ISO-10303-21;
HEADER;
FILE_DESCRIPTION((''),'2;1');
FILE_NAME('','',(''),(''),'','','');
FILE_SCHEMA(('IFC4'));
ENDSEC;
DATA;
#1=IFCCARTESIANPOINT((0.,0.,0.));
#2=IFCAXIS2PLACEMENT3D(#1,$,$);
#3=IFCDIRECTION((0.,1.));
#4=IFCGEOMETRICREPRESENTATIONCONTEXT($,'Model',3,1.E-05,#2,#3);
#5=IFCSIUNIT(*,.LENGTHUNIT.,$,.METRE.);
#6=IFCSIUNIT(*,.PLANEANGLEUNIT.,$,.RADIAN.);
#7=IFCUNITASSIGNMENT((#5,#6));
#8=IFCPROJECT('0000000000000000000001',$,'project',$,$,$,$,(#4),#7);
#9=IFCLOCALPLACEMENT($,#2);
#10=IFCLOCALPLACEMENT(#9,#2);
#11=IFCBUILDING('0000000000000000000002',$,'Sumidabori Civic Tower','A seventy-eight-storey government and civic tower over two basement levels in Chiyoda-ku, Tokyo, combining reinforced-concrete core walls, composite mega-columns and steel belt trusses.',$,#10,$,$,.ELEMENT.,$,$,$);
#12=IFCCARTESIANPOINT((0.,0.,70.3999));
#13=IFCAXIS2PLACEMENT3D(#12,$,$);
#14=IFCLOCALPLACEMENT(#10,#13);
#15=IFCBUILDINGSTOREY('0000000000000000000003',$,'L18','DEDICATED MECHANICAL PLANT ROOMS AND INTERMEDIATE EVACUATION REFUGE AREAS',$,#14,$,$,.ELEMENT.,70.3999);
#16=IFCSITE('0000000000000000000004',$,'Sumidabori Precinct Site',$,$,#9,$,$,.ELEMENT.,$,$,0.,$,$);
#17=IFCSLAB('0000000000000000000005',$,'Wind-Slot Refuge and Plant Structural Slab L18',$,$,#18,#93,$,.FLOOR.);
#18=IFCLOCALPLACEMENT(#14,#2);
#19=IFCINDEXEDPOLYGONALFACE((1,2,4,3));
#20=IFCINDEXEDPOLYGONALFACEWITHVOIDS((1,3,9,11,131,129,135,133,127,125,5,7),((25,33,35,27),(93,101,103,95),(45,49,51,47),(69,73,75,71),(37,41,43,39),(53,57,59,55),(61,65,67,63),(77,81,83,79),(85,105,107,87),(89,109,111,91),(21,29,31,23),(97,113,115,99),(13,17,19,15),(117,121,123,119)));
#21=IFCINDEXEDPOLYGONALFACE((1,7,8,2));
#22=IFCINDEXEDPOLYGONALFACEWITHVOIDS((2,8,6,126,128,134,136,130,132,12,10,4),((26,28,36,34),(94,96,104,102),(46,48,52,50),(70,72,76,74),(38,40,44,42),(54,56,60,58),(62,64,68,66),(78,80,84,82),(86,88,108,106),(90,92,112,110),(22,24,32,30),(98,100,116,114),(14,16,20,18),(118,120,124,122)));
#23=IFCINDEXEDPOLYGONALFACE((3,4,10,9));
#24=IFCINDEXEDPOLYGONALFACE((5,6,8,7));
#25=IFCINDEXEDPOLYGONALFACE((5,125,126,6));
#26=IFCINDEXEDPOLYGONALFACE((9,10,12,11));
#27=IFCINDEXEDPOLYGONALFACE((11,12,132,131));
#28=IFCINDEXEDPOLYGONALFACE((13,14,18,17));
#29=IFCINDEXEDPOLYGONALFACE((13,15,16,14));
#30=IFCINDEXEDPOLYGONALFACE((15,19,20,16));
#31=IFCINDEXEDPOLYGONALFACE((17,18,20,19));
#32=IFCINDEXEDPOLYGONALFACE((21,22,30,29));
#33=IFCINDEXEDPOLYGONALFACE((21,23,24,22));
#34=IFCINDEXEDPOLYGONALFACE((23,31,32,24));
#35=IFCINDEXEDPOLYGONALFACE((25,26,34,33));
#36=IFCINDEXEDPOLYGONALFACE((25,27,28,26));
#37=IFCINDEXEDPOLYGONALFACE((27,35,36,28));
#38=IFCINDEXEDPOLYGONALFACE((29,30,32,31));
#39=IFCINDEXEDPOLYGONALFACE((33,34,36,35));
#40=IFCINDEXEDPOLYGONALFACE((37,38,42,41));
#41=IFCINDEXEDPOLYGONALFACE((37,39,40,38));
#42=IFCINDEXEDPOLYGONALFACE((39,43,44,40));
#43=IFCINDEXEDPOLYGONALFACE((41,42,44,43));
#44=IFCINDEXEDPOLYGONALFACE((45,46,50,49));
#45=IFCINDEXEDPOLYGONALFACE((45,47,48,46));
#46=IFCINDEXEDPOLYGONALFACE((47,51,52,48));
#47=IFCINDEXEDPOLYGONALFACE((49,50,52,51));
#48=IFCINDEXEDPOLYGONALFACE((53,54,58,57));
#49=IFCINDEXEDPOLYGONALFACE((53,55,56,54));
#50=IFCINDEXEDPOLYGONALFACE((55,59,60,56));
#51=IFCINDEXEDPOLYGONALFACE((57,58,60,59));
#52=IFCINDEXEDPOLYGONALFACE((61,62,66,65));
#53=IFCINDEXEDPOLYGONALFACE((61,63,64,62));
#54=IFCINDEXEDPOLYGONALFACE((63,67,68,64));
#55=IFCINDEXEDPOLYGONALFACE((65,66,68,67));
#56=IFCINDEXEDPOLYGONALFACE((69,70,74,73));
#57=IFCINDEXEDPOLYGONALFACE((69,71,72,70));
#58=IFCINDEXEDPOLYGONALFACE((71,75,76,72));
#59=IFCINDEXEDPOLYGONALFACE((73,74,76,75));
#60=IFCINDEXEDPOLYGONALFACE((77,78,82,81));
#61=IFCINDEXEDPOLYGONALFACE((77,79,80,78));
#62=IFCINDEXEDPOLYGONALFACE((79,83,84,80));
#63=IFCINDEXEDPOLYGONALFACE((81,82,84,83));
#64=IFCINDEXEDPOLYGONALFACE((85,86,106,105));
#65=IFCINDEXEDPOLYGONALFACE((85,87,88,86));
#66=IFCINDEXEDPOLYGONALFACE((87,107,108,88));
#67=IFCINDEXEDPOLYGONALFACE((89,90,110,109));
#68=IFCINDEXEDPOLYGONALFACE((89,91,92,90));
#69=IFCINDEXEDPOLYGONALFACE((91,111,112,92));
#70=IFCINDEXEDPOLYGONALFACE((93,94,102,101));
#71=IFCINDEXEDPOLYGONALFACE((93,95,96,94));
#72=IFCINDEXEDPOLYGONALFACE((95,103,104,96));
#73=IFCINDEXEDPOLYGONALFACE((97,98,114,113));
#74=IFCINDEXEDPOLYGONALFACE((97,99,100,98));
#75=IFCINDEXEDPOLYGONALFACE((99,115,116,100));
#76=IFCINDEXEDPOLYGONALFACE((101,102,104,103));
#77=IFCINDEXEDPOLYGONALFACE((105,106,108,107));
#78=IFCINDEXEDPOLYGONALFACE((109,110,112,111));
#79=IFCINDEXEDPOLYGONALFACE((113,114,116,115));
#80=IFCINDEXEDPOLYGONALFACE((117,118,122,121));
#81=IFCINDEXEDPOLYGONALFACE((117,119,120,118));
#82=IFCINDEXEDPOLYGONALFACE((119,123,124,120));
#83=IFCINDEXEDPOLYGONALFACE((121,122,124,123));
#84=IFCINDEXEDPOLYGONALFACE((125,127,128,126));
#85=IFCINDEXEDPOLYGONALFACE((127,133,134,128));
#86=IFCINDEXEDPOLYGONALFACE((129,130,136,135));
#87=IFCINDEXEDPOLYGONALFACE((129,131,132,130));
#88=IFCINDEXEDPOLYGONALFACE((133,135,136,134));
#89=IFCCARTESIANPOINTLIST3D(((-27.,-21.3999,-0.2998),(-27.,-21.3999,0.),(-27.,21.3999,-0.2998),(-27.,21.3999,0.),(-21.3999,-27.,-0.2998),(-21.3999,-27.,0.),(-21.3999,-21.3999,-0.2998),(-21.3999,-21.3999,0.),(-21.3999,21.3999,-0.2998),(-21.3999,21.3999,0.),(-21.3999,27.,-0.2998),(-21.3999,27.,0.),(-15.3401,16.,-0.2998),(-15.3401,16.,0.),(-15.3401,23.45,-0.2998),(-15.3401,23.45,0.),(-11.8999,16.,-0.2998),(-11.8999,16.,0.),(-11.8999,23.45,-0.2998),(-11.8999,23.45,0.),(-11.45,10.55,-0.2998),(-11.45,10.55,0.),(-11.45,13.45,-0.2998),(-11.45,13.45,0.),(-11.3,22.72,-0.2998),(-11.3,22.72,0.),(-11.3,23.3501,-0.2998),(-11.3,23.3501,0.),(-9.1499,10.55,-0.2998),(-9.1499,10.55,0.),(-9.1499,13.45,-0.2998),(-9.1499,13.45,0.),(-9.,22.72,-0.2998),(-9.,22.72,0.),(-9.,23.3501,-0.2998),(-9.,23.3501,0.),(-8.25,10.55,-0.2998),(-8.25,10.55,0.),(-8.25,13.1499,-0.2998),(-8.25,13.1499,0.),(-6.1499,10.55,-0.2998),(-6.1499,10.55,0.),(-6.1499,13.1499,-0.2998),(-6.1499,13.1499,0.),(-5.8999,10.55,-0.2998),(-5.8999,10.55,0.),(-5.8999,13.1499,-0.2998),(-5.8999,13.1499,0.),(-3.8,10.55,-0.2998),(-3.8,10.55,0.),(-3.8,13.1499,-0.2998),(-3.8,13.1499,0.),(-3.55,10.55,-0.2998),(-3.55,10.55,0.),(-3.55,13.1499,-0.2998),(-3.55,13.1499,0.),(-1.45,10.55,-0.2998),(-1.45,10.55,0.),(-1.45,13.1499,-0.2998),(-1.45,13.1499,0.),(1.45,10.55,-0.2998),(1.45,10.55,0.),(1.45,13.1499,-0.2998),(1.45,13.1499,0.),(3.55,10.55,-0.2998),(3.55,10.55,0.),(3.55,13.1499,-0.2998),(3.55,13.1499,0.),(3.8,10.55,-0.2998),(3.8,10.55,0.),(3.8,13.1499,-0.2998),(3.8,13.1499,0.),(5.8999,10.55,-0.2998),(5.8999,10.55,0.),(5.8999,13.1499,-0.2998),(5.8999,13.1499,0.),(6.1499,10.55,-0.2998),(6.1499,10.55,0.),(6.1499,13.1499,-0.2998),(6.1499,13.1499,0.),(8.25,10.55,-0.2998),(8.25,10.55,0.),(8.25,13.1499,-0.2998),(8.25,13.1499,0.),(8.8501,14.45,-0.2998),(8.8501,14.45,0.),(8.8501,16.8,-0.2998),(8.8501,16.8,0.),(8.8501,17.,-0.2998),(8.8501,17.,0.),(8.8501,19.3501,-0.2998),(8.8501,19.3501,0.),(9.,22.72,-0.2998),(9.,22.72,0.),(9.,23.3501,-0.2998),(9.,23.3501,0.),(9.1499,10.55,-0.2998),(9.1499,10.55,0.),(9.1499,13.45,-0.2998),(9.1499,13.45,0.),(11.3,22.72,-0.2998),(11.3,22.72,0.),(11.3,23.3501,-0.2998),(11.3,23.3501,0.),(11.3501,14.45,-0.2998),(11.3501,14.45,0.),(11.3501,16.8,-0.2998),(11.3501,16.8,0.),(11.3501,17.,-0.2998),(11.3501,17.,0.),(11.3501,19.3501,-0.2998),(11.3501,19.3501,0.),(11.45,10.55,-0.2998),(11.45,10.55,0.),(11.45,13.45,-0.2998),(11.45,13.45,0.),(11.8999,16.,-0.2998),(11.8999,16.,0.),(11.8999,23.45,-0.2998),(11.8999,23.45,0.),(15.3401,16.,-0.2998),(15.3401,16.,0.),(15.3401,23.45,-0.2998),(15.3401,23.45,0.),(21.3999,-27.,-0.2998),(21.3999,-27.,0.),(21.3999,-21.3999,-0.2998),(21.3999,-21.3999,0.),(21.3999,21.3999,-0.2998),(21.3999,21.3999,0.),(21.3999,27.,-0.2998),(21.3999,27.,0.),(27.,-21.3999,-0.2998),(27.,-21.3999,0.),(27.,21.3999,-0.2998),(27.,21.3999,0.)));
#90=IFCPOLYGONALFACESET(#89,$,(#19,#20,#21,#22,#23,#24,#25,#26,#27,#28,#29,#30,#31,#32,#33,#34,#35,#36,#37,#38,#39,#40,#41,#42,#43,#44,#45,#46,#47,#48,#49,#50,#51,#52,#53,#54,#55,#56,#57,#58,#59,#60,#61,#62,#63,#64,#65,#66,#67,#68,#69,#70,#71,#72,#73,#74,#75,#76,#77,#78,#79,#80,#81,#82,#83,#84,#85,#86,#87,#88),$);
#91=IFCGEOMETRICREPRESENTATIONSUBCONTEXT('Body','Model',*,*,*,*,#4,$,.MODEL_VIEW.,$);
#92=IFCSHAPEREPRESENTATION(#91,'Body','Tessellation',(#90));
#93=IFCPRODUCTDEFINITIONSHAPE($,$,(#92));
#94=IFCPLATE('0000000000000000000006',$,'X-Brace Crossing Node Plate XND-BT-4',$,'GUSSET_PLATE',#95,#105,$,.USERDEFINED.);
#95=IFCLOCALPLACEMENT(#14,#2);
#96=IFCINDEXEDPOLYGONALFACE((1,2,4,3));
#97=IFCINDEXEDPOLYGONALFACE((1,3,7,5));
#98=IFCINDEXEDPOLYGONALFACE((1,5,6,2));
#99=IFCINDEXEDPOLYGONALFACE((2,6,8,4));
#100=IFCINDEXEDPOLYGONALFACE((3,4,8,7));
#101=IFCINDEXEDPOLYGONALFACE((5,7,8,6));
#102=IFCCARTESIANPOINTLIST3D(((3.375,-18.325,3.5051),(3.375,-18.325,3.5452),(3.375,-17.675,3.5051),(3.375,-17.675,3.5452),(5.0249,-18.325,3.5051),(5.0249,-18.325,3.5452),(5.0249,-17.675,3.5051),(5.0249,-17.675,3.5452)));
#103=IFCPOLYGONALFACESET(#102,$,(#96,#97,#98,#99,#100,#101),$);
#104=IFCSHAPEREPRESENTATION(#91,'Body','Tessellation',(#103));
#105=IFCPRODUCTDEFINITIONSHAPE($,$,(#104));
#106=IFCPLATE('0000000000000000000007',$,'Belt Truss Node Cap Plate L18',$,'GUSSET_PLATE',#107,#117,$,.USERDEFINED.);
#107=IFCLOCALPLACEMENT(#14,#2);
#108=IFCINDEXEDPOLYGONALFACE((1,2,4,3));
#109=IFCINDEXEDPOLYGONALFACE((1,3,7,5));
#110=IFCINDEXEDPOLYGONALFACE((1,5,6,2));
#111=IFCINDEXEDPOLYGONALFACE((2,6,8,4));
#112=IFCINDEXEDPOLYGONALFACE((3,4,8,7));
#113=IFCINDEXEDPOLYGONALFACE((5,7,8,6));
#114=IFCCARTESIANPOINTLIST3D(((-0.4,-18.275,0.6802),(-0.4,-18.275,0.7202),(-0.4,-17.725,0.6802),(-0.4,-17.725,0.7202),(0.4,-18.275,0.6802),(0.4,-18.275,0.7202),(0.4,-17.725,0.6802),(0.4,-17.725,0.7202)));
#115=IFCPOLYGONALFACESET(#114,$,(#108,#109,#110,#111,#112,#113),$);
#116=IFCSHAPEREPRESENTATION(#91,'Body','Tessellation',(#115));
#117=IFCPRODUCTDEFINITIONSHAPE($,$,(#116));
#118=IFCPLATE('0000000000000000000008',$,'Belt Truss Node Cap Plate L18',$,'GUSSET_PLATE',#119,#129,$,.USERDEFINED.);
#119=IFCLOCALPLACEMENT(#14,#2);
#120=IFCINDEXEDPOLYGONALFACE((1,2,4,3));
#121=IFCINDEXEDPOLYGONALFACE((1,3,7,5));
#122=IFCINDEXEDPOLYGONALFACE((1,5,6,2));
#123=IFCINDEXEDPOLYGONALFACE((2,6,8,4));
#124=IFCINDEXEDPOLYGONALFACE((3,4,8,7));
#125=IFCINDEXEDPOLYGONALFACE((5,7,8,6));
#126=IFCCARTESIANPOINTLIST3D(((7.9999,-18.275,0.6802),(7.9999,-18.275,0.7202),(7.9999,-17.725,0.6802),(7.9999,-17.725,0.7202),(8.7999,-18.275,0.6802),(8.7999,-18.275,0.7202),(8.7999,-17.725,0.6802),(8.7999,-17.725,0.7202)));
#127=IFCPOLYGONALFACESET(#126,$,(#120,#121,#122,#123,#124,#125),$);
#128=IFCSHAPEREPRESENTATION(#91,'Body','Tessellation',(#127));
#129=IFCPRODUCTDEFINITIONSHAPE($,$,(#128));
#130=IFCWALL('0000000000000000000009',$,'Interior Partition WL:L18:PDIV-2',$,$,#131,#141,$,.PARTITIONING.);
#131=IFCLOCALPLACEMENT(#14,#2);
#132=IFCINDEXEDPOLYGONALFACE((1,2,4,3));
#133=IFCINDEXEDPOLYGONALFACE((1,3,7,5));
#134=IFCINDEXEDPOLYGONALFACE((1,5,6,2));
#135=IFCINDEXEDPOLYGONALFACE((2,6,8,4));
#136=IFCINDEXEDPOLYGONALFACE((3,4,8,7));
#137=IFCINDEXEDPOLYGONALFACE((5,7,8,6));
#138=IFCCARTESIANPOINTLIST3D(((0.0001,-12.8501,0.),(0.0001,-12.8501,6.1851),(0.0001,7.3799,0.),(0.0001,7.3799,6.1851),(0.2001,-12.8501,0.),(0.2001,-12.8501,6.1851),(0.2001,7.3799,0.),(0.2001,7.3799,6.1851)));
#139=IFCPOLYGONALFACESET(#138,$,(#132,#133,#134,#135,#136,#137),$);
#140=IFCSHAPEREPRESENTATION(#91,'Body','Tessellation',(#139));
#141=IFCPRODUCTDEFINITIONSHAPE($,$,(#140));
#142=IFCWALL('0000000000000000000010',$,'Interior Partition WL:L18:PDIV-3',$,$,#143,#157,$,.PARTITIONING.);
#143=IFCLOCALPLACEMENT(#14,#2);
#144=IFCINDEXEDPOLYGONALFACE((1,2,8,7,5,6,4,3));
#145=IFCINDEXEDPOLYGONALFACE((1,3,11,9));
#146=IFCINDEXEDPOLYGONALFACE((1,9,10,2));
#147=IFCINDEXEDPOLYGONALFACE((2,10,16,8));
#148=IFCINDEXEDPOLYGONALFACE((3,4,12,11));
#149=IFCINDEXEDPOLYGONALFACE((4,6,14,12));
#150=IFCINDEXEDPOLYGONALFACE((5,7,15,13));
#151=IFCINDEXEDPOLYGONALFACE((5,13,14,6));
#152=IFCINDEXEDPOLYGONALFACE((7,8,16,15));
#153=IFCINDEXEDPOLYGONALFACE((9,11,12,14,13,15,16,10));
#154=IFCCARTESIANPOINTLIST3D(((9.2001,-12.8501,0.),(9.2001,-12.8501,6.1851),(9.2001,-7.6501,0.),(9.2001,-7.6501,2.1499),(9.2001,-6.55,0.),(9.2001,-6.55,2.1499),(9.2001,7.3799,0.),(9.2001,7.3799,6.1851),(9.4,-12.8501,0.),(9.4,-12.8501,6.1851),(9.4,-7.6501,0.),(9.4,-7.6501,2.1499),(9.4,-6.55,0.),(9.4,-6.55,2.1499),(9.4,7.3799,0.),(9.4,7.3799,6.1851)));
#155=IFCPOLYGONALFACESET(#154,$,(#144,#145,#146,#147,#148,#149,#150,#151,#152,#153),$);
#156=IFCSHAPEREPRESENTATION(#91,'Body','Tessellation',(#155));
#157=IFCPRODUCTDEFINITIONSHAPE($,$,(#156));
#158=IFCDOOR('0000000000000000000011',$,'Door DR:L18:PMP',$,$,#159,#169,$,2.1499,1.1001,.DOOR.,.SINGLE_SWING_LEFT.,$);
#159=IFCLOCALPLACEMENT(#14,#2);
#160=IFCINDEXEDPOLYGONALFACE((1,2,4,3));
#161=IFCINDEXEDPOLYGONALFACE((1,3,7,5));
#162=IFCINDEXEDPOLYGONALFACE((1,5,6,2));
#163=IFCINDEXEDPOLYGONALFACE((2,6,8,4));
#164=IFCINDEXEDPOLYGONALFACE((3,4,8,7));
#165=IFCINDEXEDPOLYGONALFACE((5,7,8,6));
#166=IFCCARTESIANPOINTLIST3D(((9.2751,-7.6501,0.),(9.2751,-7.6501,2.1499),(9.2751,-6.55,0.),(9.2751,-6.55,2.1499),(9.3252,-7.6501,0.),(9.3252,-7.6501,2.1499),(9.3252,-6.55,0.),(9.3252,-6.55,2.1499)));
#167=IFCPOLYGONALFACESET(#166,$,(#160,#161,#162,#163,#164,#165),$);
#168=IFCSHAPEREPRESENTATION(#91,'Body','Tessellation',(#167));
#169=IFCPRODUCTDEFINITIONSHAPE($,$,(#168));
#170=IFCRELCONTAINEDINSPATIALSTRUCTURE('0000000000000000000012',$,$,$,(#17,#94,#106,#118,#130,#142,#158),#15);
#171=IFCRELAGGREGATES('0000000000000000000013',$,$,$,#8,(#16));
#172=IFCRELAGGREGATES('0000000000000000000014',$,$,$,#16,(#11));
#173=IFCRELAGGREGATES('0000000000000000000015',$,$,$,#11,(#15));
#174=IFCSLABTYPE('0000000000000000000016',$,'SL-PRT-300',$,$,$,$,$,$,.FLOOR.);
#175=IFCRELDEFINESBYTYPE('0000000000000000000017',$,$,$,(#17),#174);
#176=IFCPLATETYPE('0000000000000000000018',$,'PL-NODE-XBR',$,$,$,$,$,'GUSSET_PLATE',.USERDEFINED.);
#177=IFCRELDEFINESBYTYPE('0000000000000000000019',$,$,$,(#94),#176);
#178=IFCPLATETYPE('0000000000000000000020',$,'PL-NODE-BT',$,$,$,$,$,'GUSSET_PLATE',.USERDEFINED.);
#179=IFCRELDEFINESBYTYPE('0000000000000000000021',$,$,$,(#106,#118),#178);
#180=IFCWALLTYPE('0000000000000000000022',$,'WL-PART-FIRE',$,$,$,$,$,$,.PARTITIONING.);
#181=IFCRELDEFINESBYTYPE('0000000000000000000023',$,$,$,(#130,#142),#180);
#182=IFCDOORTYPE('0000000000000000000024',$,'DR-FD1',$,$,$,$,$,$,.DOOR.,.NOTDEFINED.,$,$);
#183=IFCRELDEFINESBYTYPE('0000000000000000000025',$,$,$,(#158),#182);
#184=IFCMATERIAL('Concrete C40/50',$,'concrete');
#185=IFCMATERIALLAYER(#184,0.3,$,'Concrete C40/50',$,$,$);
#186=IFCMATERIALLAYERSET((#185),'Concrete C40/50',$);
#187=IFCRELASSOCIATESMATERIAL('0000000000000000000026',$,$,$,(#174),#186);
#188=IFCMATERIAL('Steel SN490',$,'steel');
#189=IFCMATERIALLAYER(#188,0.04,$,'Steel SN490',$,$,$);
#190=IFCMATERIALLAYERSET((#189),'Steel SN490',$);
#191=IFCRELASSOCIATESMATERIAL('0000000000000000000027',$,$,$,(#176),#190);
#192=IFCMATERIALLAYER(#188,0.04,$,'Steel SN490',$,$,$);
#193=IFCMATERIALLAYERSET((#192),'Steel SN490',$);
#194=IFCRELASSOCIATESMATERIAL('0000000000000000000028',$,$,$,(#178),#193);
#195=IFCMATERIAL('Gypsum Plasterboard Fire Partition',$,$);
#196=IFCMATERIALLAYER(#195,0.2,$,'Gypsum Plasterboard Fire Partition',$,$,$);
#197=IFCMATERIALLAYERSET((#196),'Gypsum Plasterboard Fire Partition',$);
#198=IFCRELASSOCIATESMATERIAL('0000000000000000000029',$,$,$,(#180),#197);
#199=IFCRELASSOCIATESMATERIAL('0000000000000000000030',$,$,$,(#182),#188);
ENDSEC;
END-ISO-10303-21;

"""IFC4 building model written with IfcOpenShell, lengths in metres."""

from ifc_helpers import new_model, si_unit, direction, frame, frame_2d, origin, origin_2d, place, context, subcontext, project, spatial, polyline, rectangle, outline, extrude, source, transform, mapped, material, layer, layer_set, type_object, element, fill, save


model = new_model("IFC4")

# Units and contexts
model_context = context("Model", 3, precision=1e-05, world=origin(), true_north=direction((0.0, 1.0)))
body_context = subcontext(model_context, "Body", "Model", "MODEL_VIEW")
ifc_project = project(units=[si_unit("LENGTHUNIT", "METRE"), si_unit("PLANEANGLEUNIT", "RADIAN")], contexts=[model_context])

# Site, building, storey
site_placement = place(None, origin())
site = spatial("IfcSite", under=ifc_project, at=site_placement, Name="Sumidabori Precinct Site", CompositionType="ELEMENT", RefElevation=0.0)
building_placement = place(site_placement, origin())
building = spatial("IfcBuilding", under=site, at=building_placement, Name="Sumidabori Civic Tower", Description="A seventy-eight-storey government and civic tower over two basement levels in Chiyoda-ku, Tokyo, combining reinforced-concrete core walls, composite mega-columns and steel belt trusses.", CompositionType="ELEMENT")
storey_placement = place(building_placement, frame((0.0, 0.0, 70.3999)))
storey = spatial("IfcBuildingStorey", under=building, at=storey_placement, Name="L18", Description="DEDICATED MECHANICAL PLANT ROOMS AND INTERMEDIATE EVACUATION REFUGE AREAS", CompositionType="ELEMENT", Elevation=70.3999)

# Shared definitions
ifc_material_1 = material(Name="Steel SN490", Category="steel")

# Slab
ifc_material_2 = material(Name="Concrete C40/50", Category="concrete")
ifc_layer_1 = layer(ifc_material_2, 0.3, Name="Concrete C40/50")
ifc_layer_set_1 = layer_set([ifc_layer_1], Name="Concrete C40/50")
slab_type = type_object("IfcSlabType", Name="SL-PRT-300", PredefinedType="FLOOR", material=ifc_layer_set_1)
slab_placement = place(storey_placement, frame((0.0, 0.0, -0.2998)))
element("IfcSlab", 1, at=slab_placement, inside=storey, type_object=slab_type, Name="Wind-Slot Refuge and Plant Structural Slab L18", PredefinedType="FLOOR", context=body_context, shape_type="SweptSolid", body=[
    extrude(outline(polyline([(-21.3999, -27.0), (21.3999, -27.0), (21.3999, -21.3999), (27.0, -21.3999), (27.0, 21.3999), (21.3999, 21.3999), (21.3999, 27.0), (-21.3999, 27.0), (-21.3999, 21.3999), (-27.0, 21.3999), (-27.0, -21.3999), (-21.3999, -21.3999), (-21.3999, -27.0)]), holes=[polyline([(-11.8999, 16.0), (-11.8999, 23.45), (-15.3401, 23.45), (-15.3401, 16.0), (-11.8999, 16.0)]), polyline([(15.3401, 16.0), (15.3401, 23.45), (11.8999, 23.45), (11.8999, 16.0), (15.3401, 16.0)]), polyline([(-11.45, 10.55), (-9.1499, 10.55), (-9.1499, 13.45), (-11.45, 13.45), (-11.45, 10.55)]), polyline([(9.1499, 10.55), (11.45, 10.55), (11.45, 13.45), (9.1499, 13.45), (9.1499, 10.55)]), polyline([(-8.25, 10.55), (-6.1499, 10.55), (-6.1499, 13.1499), (-8.25, 13.1499), (-8.25, 10.55)]), polyline([(-5.8999, 10.55), (-3.8, 10.55), (-3.8, 13.1499), (-5.8999, 13.1499), (-5.8999, 10.55)]), polyline([(-3.55, 10.55), (-1.45, 10.55), (-1.45, 13.1499), (-3.55, 13.1499), (-3.55, 10.55)]), polyline([(1.45, 10.55), (3.55, 10.55), (3.55, 13.1499), (1.45, 13.1499), (1.45, 10.55)]), polyline([(3.8, 10.55), (5.8999, 10.55), (5.8999, 13.1499), (3.8, 13.1499), (3.8, 10.55)]), polyline([(6.1499, 10.55), (8.25, 10.55), (8.25, 13.1499), (6.1499, 13.1499), (6.1499, 10.55)]), polyline([(8.8501, 14.45), (11.3501, 14.45), (11.3501, 16.8), (8.8501, 16.8), (8.8501, 14.45)]), polyline([(8.8501, 17.0), (11.3501, 17.0), (11.3501, 19.3501), (8.8501, 19.3501), (8.8501, 17.0)]), polyline([(-11.3, 22.72), (-9.0, 22.72), (-9.0, 23.3501), (-11.3, 23.3501), (-11.3, 22.72)]), polyline([(9.0, 22.72), (11.3, 22.72), (11.3, 23.3501), (9.0, 23.3501), (9.0, 22.72)])]), origin(), (0.0, 0.0, 1.0), 0.2998),
])

# Plates
ifc_layer_2 = layer(ifc_material_1, 0.04, Name="Steel SN490")
ifc_layer_set_2 = layer_set([ifc_layer_2], Name="Steel SN490")
plate_type_1 = type_object("IfcPlateType", Name="PL-NODE-XBR", ElementType="GUSSET_PLATE", PredefinedType="USERDEFINED", material=ifc_layer_set_2)
shared_shape_1 = source(origin(), body_context, "Body", "SweptSolid", [
    extrude(rectangle(XDim=1.6499, YDim=0.6499, at=origin_2d()), origin(), (0.0, 0.0, 1.0), 0.04),
])
plate_placement = place(storey_placement, frame((4.2, -18.0, 3.5051), z_axis=(0.0, 0.0, 1.0), x_axis=(1.0, 0.0, 0.0)))
element("IfcPlate", 2, at=plate_placement, inside=storey, type_object=plate_type_1, Name="X-Brace Crossing Node Plate XND-BT-4", ObjectType="GUSSET_PLATE", PredefinedType="USERDEFINED", context=body_context, shape_type="MappedRepresentation", body=[
    mapped(shared_shape_1, transform((0.0, 0.0, 0.0), x_axis=(1.0, 0.0, 0.0), y_axis=(0.0, 1.0, 0.0), z_axis=(0.0, 0.0, 1.0), scale=1.0)),
])
ifc_layer_3 = layer(ifc_material_1, 0.04, Name="Steel SN490")
ifc_layer_set_3 = layer_set([ifc_layer_3], Name="Steel SN490")
plate_type_2 = type_object("IfcPlateType", Name="PL-NODE-BT", ElementType="GUSSET_PLATE", PredefinedType="USERDEFINED", material=ifc_layer_set_3)
shared_shape_2 = source(origin(), body_context, "Body", "SweptSolid", [
    extrude(rectangle(XDim=0.8, YDim=0.55, at=origin_2d()), origin(), (0.0, 0.0, 1.0), 0.04),
])
for number, where, z_axis, x_axis, name in (
    (3, (0.0, -18.0, 0.6802), (0.0, 0.0, 1.0), (1.0, 0.0, 0.0), "Belt Truss Node Cap Plate L18"),
    (4, (8.3999, -18.0, 0.6802), (0.0, 0.0, 1.0), (1.0, 0.0, 0.0), "Belt Truss Node Cap Plate L18"),
):
    element("IfcPlate", number, at=place(storey_placement, frame(where, z_axis=z_axis, x_axis=x_axis)), inside=storey, type_object=plate_type_2, Name=name, ObjectType="GUSSET_PLATE", PredefinedType="USERDEFINED", context=body_context, shape_type="MappedRepresentation", body=[
        mapped(shared_shape_2, transform((0.0, 0.0, 0.0), x_axis=(1.0, 0.0, 0.0), y_axis=(0.0, 1.0, 0.0), z_axis=(0.0, 0.0, 1.0), scale=1.0)),
    ])

# Wall
ifc_material_3 = material(Name="Gypsum Plasterboard Fire Partition")
ifc_layer_4 = layer(ifc_material_3, 0.2, Name="Gypsum Plasterboard Fire Partition")
ifc_layer_set_4 = layer_set([ifc_layer_4], Name="Gypsum Plasterboard Fire Partition")
wall_type = type_object("IfcWallType", Name="WL-PART-FIRE", PredefinedType="PARTITIONING", material=ifc_layer_set_4)
shared_shape_3 = source(origin(), body_context, "Body", "SweptSolid", [
    extrude(rectangle(XDim=20.23, YDim=0.2, at=frame_2d((10.115, 0.0))), origin(), (0.0, 0.0, 1.0), 6.1851),
])
wall_1_placement = place(storey_placement, frame((0.1001, -12.8501, 0.0), z_axis=(0.0, 0.0, 1.0), x_axis=(0.0, 1.0, 0.0)))
element("IfcWall", 5, at=wall_1_placement, inside=storey, type_object=wall_type, Name="Interior Partition WL:L18:PDIV-2", PredefinedType="PARTITIONING", context=body_context, shape_type="MappedRepresentation", body=[
    mapped(shared_shape_3, transform((0.0, 0.0, 0.0), x_axis=(1.0, 0.0, 0.0), y_axis=(0.0, 1.0, 0.0), z_axis=(0.0, 0.0, 1.0), scale=1.0)),
])

# Wall, opening, door
wall_2_placement = place(storey_placement, frame((9.3, -12.8501, 0.0), z_axis=(0.0, 0.0, 1.0), x_axis=(0.0, 1.0, 0.0)))
wall_2 = element("IfcWall", 6, at=wall_2_placement, inside=storey, type_object=wall_type, Name="Interior Partition WL:L18:PDIV-3", PredefinedType="PARTITIONING", context=body_context, shape_type="MappedRepresentation", body=[
    mapped(shared_shape_3, transform((0.0, 0.0, 0.0), x_axis=(1.0, 0.0, 0.0), y_axis=(0.0, 1.0, 0.0), z_axis=(0.0, 0.0, 1.0), scale=1.0)),
])
opening_placement = place(wall_2_placement, frame((5.2, 0.0, 0.0)))
opening = element("IfcOpeningElement", 7, at=opening_placement, cuts=wall_2, PredefinedType="OPENING", context=body_context, shape_type="SweptSolid", body=[
    extrude(rectangle(XDim=1.1001, YDim=2.1499, at=frame_2d((0.55, 1.075))), frame((0.0, 0.1118, 0.0), z_axis=(0.0, -1.0, 0.0), x_axis=(1.0, 0.0, 0.0)), (0.0, 0.0, 1.0), 0.2239),
])
door_type = type_object("IfcDoorType", Name="DR-FD1", OperationType="NOTDEFINED", PredefinedType="DOOR", material=ifc_material_1)
shared_shape_4 = source(origin(), body_context, "Body", "SweptSolid", [
    extrude(rectangle(XDim=1.1001, YDim=2.1499, at=frame_2d((0.55, 1.075))), frame((0.0, 0.0249, 0.0), z_axis=(0.0, -1.0, 0.0), x_axis=(1.0, 0.0, 0.0)), (0.0, 0.0, 1.0), 0.05),
])
door_placement = place(opening_placement, origin())
door = element("IfcDoor", 8, at=door_placement, inside=storey, type_object=door_type, Name="Door DR:L18:PMP", OperationType="SINGLE_SWING_LEFT", OverallHeight=2.1499, OverallWidth=1.1001, PredefinedType="DOOR", context=body_context, shape_type="MappedRepresentation", body=[
    mapped(shared_shape_4, transform((0.0, 0.0, 0.0), x_axis=(1.0, 0.0, 0.0), y_axis=(0.0, 1.0, 0.0), z_axis=(0.0, 0.0, 1.0), scale=1.0)),
])
fill(opening, door)

save(model, "model.ifc")
